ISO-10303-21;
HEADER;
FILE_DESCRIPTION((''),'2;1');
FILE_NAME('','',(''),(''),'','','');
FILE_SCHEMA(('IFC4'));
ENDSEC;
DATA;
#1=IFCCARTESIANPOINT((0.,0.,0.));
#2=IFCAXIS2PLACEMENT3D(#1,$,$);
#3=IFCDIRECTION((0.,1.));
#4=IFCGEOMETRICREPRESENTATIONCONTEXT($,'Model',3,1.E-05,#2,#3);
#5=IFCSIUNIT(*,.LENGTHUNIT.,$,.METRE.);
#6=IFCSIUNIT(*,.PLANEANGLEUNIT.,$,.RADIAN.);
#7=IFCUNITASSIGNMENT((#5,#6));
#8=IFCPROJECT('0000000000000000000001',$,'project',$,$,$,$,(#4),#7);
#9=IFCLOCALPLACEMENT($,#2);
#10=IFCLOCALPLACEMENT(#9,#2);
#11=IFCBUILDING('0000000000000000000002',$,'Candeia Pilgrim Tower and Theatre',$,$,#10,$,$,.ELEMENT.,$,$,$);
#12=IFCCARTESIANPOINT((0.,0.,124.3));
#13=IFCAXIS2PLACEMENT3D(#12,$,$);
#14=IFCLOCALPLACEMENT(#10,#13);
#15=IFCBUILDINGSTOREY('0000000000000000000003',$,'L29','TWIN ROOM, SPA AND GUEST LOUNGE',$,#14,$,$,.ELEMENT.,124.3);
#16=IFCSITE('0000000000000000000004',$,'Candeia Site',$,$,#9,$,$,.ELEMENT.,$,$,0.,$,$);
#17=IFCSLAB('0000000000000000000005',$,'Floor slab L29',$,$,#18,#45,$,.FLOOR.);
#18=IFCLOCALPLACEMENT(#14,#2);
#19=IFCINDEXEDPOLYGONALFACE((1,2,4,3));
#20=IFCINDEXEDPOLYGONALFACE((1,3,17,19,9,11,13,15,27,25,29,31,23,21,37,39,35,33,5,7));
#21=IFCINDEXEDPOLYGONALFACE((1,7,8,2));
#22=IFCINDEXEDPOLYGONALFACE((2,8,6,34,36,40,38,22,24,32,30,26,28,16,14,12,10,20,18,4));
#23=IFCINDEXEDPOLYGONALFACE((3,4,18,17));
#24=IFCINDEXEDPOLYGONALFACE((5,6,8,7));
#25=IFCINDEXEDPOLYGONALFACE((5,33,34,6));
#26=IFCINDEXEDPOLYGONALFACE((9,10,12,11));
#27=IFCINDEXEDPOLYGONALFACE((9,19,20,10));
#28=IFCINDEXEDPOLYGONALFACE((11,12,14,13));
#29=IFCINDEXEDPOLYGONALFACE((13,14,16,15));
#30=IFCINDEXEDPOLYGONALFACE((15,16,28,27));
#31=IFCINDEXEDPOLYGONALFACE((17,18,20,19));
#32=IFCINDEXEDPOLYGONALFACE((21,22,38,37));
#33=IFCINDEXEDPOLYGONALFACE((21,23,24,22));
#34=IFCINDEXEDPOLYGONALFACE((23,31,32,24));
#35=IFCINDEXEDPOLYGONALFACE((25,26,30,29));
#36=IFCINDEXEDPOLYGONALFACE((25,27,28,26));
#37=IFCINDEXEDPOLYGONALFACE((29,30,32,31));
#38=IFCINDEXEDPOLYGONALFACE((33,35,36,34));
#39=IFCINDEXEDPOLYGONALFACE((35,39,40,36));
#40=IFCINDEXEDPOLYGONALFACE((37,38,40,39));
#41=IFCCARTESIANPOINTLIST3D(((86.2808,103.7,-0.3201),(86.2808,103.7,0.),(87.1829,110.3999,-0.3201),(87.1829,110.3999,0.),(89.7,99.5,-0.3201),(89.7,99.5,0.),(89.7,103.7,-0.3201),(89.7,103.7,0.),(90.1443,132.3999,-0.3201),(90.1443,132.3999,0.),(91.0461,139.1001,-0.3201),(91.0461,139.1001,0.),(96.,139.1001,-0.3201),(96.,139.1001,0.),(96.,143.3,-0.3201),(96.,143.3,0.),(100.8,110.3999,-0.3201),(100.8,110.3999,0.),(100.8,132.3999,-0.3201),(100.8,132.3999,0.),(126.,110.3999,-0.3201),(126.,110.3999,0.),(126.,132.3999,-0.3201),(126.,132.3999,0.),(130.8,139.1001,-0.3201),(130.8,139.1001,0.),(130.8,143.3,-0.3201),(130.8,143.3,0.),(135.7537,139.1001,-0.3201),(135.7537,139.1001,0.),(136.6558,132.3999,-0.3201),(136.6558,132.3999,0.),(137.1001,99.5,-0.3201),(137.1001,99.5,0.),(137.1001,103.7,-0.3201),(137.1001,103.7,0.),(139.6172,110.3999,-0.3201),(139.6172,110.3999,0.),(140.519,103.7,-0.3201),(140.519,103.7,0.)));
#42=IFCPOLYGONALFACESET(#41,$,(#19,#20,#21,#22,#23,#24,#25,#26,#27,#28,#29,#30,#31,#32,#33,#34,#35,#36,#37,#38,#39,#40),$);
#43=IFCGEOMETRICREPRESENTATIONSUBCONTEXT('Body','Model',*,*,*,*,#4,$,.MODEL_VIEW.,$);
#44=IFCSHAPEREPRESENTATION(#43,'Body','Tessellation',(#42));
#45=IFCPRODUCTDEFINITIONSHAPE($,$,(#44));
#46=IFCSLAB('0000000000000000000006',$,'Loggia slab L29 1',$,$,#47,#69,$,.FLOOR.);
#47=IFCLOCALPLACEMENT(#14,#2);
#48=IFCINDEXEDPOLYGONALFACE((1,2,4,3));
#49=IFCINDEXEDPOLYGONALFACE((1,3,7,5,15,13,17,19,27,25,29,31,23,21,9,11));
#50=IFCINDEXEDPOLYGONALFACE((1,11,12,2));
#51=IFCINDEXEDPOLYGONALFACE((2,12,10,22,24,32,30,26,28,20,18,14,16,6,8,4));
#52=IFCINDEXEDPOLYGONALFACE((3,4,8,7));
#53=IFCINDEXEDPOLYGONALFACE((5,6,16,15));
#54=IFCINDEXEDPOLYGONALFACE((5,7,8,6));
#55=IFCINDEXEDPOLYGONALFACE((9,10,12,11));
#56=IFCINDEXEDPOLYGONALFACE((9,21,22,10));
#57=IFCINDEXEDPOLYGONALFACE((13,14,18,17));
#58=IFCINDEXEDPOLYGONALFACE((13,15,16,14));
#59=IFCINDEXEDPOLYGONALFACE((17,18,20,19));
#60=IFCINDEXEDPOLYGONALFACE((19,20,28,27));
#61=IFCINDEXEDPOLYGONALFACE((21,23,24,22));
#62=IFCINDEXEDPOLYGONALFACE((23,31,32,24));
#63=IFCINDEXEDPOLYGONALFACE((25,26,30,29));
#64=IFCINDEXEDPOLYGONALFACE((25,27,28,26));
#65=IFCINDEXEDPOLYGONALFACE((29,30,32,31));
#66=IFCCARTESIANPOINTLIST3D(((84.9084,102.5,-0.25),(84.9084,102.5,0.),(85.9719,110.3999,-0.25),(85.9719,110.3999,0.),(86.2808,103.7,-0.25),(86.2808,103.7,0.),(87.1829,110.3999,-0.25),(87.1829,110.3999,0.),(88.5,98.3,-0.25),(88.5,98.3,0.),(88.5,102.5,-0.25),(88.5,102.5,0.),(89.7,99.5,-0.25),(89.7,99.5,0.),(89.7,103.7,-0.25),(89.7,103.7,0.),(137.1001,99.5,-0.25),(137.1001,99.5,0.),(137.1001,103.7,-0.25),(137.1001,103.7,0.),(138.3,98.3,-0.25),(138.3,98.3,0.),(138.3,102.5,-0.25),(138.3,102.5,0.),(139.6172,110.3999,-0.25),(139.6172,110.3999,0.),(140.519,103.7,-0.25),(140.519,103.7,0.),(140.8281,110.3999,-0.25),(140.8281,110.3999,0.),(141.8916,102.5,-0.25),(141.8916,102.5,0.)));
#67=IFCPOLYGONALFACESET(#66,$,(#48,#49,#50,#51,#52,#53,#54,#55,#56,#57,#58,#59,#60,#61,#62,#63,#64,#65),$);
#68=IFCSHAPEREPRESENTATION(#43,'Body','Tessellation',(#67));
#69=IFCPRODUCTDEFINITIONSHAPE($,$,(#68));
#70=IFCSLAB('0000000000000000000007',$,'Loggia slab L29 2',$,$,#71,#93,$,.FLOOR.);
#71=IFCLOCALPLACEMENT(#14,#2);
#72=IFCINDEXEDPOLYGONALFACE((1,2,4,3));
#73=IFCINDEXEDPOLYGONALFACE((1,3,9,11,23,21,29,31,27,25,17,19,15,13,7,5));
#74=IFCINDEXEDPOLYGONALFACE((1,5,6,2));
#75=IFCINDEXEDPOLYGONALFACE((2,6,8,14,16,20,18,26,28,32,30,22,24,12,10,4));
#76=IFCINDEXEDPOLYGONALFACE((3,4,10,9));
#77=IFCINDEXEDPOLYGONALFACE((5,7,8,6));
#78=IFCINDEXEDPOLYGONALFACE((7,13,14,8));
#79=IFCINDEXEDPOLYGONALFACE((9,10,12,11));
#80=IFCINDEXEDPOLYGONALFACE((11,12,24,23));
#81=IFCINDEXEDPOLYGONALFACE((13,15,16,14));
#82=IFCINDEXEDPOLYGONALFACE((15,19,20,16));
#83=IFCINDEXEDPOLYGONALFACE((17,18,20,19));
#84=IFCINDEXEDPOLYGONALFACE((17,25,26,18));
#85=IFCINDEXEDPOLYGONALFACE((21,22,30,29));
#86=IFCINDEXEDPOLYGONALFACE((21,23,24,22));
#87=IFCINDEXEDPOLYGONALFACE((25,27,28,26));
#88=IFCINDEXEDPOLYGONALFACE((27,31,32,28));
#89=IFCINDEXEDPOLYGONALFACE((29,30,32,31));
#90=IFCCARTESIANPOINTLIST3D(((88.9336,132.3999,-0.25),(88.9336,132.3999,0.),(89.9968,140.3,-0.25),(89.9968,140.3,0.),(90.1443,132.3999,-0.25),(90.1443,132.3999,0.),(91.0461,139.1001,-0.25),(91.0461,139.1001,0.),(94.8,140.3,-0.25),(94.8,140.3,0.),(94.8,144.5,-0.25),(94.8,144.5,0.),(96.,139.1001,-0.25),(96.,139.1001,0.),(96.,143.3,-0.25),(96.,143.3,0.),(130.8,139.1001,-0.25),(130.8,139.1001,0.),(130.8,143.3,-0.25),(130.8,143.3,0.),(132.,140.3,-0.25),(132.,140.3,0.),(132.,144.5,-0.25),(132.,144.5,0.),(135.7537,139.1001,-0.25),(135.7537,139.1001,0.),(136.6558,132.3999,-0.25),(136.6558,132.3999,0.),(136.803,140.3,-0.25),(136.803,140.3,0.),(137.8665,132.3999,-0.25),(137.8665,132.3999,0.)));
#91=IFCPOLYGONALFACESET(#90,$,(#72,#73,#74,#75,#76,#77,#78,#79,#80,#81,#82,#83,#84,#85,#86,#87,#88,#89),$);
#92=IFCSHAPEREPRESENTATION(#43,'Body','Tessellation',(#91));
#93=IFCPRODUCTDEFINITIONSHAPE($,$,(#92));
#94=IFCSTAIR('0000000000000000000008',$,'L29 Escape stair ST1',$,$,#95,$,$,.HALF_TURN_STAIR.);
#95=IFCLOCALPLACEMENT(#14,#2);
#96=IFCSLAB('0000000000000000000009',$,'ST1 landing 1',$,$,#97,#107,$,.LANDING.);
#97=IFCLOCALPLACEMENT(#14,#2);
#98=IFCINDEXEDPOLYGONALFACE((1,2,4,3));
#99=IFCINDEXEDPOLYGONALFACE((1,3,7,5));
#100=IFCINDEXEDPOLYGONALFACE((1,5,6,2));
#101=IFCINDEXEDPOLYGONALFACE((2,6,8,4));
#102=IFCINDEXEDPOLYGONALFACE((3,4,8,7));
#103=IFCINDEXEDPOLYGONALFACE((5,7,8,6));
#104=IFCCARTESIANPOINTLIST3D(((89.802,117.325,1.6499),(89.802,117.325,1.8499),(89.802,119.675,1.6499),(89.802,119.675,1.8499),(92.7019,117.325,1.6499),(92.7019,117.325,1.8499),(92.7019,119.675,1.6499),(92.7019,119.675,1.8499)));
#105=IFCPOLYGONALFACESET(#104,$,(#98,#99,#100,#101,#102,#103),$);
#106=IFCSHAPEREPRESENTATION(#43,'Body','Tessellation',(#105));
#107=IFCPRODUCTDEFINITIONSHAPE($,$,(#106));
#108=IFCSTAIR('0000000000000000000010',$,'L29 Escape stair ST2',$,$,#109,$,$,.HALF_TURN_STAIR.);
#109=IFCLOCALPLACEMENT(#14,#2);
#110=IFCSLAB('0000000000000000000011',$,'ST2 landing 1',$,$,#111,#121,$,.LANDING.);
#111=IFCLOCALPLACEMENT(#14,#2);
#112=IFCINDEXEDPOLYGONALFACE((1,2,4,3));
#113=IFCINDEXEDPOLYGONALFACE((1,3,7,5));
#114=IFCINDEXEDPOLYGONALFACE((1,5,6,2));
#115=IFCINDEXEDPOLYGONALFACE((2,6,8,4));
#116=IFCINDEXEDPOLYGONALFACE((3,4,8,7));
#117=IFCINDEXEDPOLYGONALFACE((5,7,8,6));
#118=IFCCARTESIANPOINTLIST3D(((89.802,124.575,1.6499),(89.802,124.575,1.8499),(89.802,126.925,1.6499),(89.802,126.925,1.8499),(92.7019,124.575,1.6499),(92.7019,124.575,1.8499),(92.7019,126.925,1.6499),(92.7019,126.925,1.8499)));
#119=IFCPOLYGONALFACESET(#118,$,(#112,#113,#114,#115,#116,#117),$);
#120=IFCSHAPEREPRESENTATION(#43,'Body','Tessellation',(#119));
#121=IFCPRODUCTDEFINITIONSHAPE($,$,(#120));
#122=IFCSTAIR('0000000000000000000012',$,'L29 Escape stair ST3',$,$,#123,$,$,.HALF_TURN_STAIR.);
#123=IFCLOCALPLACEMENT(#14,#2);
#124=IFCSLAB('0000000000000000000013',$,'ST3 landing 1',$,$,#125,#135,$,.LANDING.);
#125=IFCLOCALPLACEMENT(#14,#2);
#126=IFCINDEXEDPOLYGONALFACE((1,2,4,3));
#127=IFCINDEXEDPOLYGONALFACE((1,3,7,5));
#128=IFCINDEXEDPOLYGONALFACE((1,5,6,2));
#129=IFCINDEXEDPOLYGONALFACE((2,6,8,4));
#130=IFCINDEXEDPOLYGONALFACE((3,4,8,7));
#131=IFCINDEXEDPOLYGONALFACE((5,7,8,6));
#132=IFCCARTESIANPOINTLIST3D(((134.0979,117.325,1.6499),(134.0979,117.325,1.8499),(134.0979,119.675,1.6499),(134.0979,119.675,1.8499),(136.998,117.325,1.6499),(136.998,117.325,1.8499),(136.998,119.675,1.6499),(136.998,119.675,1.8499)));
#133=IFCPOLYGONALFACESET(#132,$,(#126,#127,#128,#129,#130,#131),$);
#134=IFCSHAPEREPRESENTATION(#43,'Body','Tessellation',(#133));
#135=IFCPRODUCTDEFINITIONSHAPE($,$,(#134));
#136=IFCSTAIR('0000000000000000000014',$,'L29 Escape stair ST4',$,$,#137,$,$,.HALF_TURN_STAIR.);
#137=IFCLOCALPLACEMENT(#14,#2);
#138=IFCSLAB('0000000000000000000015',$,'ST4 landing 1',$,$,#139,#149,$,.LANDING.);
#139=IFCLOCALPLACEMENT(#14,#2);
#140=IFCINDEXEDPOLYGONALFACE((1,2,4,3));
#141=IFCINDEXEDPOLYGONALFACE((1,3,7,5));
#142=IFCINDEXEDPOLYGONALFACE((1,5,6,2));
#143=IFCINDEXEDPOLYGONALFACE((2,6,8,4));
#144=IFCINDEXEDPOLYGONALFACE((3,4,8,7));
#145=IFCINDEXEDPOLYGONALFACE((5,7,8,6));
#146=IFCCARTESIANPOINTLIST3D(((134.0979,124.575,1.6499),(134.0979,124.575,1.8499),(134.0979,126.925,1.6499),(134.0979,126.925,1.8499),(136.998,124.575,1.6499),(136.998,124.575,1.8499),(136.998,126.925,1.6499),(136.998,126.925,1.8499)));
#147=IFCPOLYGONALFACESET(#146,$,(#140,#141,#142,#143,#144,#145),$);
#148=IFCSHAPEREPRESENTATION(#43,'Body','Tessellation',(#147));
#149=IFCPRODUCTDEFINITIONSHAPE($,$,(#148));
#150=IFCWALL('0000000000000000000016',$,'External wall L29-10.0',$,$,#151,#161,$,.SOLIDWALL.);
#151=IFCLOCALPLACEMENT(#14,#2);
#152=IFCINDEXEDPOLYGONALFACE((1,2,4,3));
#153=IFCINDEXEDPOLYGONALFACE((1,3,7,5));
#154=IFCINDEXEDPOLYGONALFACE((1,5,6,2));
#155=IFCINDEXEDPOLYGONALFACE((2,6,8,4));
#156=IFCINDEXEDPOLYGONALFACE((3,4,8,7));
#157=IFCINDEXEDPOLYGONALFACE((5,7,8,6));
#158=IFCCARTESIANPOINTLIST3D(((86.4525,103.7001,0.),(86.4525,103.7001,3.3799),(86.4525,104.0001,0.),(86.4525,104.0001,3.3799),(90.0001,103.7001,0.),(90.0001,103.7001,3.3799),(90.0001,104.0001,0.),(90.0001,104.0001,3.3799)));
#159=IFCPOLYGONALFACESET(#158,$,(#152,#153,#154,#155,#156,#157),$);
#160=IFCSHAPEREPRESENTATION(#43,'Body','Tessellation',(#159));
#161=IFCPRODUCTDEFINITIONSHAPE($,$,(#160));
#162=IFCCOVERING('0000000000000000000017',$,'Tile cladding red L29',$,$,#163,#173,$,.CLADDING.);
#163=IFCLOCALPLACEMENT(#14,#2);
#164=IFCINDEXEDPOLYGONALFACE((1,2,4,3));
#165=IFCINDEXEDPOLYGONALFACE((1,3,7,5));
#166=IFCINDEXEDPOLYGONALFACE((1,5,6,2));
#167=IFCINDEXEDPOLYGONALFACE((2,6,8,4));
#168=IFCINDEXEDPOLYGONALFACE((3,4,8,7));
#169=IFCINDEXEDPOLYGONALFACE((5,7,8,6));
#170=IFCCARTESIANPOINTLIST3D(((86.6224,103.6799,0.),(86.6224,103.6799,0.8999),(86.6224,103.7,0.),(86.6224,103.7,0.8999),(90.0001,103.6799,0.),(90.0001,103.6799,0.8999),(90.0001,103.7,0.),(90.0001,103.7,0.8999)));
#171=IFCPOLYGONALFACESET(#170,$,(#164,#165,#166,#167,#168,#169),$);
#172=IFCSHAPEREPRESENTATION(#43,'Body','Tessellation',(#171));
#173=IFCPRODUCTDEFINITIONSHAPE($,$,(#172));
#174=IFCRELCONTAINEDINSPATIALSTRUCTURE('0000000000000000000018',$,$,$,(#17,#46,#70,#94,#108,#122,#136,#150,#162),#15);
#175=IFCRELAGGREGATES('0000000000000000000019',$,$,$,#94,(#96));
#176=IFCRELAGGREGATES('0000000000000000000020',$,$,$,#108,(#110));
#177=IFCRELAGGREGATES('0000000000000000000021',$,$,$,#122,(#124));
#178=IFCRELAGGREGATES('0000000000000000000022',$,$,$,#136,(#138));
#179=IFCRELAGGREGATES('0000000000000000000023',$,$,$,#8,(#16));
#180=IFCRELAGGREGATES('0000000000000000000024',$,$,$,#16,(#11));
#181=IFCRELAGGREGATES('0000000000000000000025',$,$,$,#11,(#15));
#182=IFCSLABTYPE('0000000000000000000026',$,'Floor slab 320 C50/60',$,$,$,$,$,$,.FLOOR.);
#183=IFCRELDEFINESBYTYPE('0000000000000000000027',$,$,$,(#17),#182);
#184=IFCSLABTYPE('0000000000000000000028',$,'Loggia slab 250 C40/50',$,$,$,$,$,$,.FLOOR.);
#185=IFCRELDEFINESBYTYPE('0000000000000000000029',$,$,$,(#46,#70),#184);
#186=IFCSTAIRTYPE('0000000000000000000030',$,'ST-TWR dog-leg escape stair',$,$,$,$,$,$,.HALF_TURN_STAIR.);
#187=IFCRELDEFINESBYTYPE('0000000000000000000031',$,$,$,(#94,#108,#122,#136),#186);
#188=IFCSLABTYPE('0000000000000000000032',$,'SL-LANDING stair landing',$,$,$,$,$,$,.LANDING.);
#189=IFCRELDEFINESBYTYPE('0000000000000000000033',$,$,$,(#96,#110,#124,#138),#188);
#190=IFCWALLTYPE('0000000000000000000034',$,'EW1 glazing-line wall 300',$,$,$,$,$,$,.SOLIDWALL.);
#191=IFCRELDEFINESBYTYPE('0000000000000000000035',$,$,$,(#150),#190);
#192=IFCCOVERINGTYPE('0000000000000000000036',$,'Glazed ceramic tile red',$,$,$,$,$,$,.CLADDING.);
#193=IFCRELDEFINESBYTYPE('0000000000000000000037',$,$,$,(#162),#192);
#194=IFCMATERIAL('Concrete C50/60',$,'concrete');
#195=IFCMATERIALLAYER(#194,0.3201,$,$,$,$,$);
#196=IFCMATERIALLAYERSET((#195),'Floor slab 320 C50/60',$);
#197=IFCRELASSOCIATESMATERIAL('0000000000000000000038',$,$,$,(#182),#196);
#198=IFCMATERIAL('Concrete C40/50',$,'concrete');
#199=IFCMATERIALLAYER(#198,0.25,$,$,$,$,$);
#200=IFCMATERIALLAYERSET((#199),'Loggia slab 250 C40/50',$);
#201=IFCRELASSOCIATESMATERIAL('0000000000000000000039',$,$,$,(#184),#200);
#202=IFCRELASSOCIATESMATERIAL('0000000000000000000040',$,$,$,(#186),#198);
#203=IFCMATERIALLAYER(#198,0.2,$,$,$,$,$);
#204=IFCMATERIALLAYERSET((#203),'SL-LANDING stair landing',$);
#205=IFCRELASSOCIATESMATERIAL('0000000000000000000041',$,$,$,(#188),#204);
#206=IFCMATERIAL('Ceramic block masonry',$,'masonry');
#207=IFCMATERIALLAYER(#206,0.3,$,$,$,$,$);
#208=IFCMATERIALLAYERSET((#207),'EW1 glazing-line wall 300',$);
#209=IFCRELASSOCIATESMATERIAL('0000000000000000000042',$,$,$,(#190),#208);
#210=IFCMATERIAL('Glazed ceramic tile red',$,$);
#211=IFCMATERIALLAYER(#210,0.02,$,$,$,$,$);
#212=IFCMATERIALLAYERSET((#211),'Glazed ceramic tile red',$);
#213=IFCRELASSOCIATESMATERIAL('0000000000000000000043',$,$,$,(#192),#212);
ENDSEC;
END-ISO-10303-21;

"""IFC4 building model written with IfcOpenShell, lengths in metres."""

from ifc_helpers import new_model, si_unit, direction, frame, frame_2d, origin, origin_2d, place, context, subcontext, project, spatial, polyline, rectangle, outline, extrude, material, layer, layer_set, type_object, element, aggregate, save


model = new_model("IFC4")

# Units and contexts
model_context = context("Model", 3, precision=1e-05, world=origin(), true_north=direction((0.0, 1.0)))
body_context = subcontext(model_context, "Body", "Model", "MODEL_VIEW")
ifc_project = project(units=[si_unit("LENGTHUNIT", "METRE"), si_unit("PLANEANGLEUNIT", "RADIAN")], contexts=[model_context])

# Site, building, storey
site_placement = place(None, origin())
site = spatial("IfcSite", under=ifc_project, at=site_placement, Name="Candeia Site", CompositionType="ELEMENT", RefElevation=0.0)
building_placement = place(site_placement, origin())
building = spatial("IfcBuilding", under=site, at=building_placement, Name="Candeia Pilgrim Tower and Theatre", CompositionType="ELEMENT")
storey_placement = place(building_placement, frame((0.0, 0.0, 124.3)))
storey = spatial("IfcBuildingStorey", under=building, at=storey_placement, Name="L29", Description="TWIN ROOM, SPA AND GUEST LOUNGE", CompositionType="ELEMENT", Elevation=124.3)

# Slabs
ifc_material_1 = material(Name="Concrete C40/50", Category="concrete")
ifc_material_2 = material(Name="Concrete C50/60", Category="concrete")
ifc_layer_1 = layer(ifc_material_2, 0.3201)
ifc_layer_set_1 = layer_set([ifc_layer_1], Name="Floor slab 320 C50/60")
slab_type_1 = type_object("IfcSlabType", Name="Floor slab 320 C50/60", PredefinedType="FLOOR", material=ifc_layer_set_1)
slab_1_placement = place(storey_placement, frame((0.0, 0.0, -0.3201)))
element("IfcSlab", 1, at=slab_1_placement, inside=storey, type_object=slab_type_1, Name="Floor slab L29", PredefinedType="FLOOR", context=body_context, shape_type="SweptSolid", body=[
    extrude(outline(polyline([(96.0, 139.1001), (96.0, 143.3), (130.8, 143.3), (130.8, 139.1001), (135.7537, 139.1001), (136.6558, 132.3999), (126.0, 132.3999), (126.0, 110.3999), (139.6172, 110.3999), (140.519, 103.7), (137.1001, 103.7), (137.1001, 99.5), (89.7, 99.5), (89.7, 103.7), (86.2808, 103.7), (87.1829, 110.3999), (100.8, 110.3999), (100.8, 132.3999), (90.1443, 132.3999), (91.0461, 139.1001), (96.0, 139.1001)])), origin(), (0.0, 0.0, 1.0), 0.3201),
])
ifc_layer_2 = layer(ifc_material_1, 0.25)
ifc_layer_set_2 = layer_set([ifc_layer_2], Name="Loggia slab 250 C40/50")
slab_type_2 = type_object("IfcSlabType", Name="Loggia slab 250 C40/50", PredefinedType="FLOOR", material=ifc_layer_set_2)
slab_2_placement = place(storey_placement, frame((0.0, 0.0, -0.25)))
element("IfcSlab", 2, at=slab_2_placement, inside=storey, type_object=slab_type_2, Name="Loggia slab L29 1", PredefinedType="FLOOR", context=body_context, shape_type="SweptSolid", body=[
    extrude(outline(polyline([(87.1829, 110.3999), (86.2808, 103.7), (89.7, 103.7), (89.7, 99.5), (137.1001, 99.5), (137.1001, 103.7), (140.519, 103.7), (139.6172, 110.3999), (140.8281, 110.3999), (141.8916, 102.5), (138.3, 102.5), (138.3, 98.3), (88.5, 98.3), (88.5, 102.5), (84.9084, 102.5), (85.9719, 110.3999), (87.1829, 110.3999)])), origin(), (0.0, 0.0, 1.0), 0.25),
])
slab_3_placement = place(storey_placement, frame((0.0, 0.0, -0.25)))
element("IfcSlab", 3, at=slab_3_placement, inside=storey, type_object=slab_type_2, Name="Loggia slab L29 2", PredefinedType="FLOOR", context=body_context, shape_type="SweptSolid", body=[
    extrude(outline(polyline([(136.6558, 132.3999), (135.7537, 139.1001), (130.8, 139.1001), (130.8, 143.3), (96.0, 143.3), (96.0, 139.1001), (91.0461, 139.1001), (90.1443, 132.3999), (88.9336, 132.3999), (89.9968, 140.3), (94.8, 140.3), (94.8, 144.5), (132.0, 144.5), (132.0, 140.3), (136.803, 140.3), (137.8665, 132.3999), (136.6558, 132.3999)])), origin(), (0.0, 0.0, 1.0), 0.25),
])

# Stairs, slabs
stair_type = type_object("IfcStairType", Name="ST-TWR dog-leg escape stair", PredefinedType="HALF_TURN_STAIR", material=ifc_material_1)
stair_1_placement = place(storey_placement, origin())
stair_1 = element("IfcStair", 4, at=stair_1_placement, inside=storey, type_object=stair_type, Name="L29 Escape stair ST1", PredefinedType="HALF_TURN_STAIR")
ifc_layer_3 = layer(ifc_material_1, 0.2)
ifc_layer_set_3 = layer_set([ifc_layer_3], Name="SL-LANDING stair landing")
slab_type_3 = type_object("IfcSlabType", Name="SL-LANDING stair landing", PredefinedType="LANDING", material=ifc_layer_set_3)
slab_4_placement = place(storey_placement, frame((0.0, 0.0, 1.6499)))
slab_4 = element("IfcSlab", 5, at=slab_4_placement, type_object=slab_type_3, Name="ST1 landing 1", PredefinedType="LANDING", context=body_context, shape_type="SweptSolid", body=[
    extrude(outline(polyline([(89.802, 119.675), (89.802, 117.325), (92.7019, 117.325), (92.7019, 119.675), (89.802, 119.675)])), origin(), (0.0, 0.0, 1.0), 0.2),
])
aggregate(stair_1, [slab_4])
stair_2_placement = place(storey_placement, origin())
stair_2 = element("IfcStair", 6, at=stair_2_placement, inside=storey, type_object=stair_type, Name="L29 Escape stair ST2", PredefinedType="HALF_TURN_STAIR")
slab_5_placement = place(storey_placement, frame((0.0, 0.0, 1.6499)))
slab_5 = element("IfcSlab", 7, at=slab_5_placement, type_object=slab_type_3, Name="ST2 landing 1", PredefinedType="LANDING", context=body_context, shape_type="SweptSolid", body=[
    extrude(outline(polyline([(89.802, 126.925), (89.802, 124.575), (92.7019, 124.575), (92.7019, 126.925), (89.802, 126.925)])), origin(), (0.0, 0.0, 1.0), 0.2),
])
aggregate(stair_2, [slab_5])
stair_3_placement = place(storey_placement, origin())
stair_3 = element("IfcStair", 8, at=stair_3_placement, inside=storey, type_object=stair_type, Name="L29 Escape stair ST3", PredefinedType="HALF_TURN_STAIR")
slab_6_placement = place(storey_placement, frame((0.0, 0.0, 1.6499)))
slab_6 = element("IfcSlab", 9, at=slab_6_placement, type_object=slab_type_3, Name="ST3 landing 1", PredefinedType="LANDING", context=body_context, shape_type="SweptSolid", body=[
    extrude(outline(polyline([(134.0979, 119.675), (134.0979, 117.325), (136.998, 117.325), (136.998, 119.675), (134.0979, 119.675)])), origin(), (0.0, 0.0, 1.0), 0.2),
])
aggregate(stair_3, [slab_6])
stair_4_placement = place(storey_placement, origin())
stair_4 = element("IfcStair", 10, at=stair_4_placement, inside=storey, type_object=stair_type, Name="L29 Escape stair ST4", PredefinedType="HALF_TURN_STAIR")
slab_7_placement = place(storey_placement, frame((0.0, 0.0, 1.6499)))
slab_7 = element("IfcSlab", 11, at=slab_7_placement, type_object=slab_type_3, Name="ST4 landing 1", PredefinedType="LANDING", context=body_context, shape_type="SweptSolid", body=[
    extrude(outline(polyline([(134.0979, 126.925), (134.0979, 124.575), (136.998, 124.575), (136.998, 126.925), (134.0979, 126.925)])), origin(), (0.0, 0.0, 1.0), 0.2),
])
aggregate(stair_4, [slab_7])

# Wall
ifc_material_3 = material(Name="Ceramic block masonry", Category="masonry")
ifc_layer_4 = layer(ifc_material_3, 0.3)
ifc_layer_set_4 = layer_set([ifc_layer_4], Name="EW1 glazing-line wall 300")
wall_type = type_object("IfcWallType", Name="EW1 glazing-line wall 300", PredefinedType="SOLIDWALL", material=ifc_layer_set_4)
wall_placement = place(storey_placement, frame((86.4524, 103.8501, 0.0), z_axis=(0.0, 0.0, 1.0), x_axis=(1.0, 0.0, 0.0)))
element("IfcWall", 12, at=wall_placement, inside=storey, type_object=wall_type, Name="External wall L29-10.0", PredefinedType="SOLIDWALL", context=body_context, shape_type="SweptSolid", body=[
    extrude(rectangle(XDim=3.5476, YDim=0.3, at=frame_2d((1.7739, 0.0))), origin(), (0.0, 0.0, 1.0), 3.3799),
])

# Covering
ifc_material_4 = material(Name="Glazed ceramic tile red")
ifc_layer_5 = layer(ifc_material_4, 0.02)
ifc_layer_set_5 = layer_set([ifc_layer_5], Name="Glazed ceramic tile red")
covering_type = type_object("IfcCoveringType", Name="Glazed ceramic tile red", PredefinedType="CLADDING", material=ifc_layer_set_5)
covering_placement = place(storey_placement, frame((88.3113, 103.6899, 0.0), z_axis=(0.0, 0.0, 1.0), x_axis=(1.0, 0.0, 0.0)))
element("IfcCovering", 13, at=covering_placement, inside=storey, type_object=covering_type, Name="Tile cladding red L29", PredefinedType="CLADDING", context=body_context, shape_type="SweptSolid", body=[
    extrude(rectangle(XDim=3.3777, YDim=0.02, at=origin_2d()), origin(), (0.0, 0.0, 1.0), 0.8999),
])

save(model, "model.ifc")
